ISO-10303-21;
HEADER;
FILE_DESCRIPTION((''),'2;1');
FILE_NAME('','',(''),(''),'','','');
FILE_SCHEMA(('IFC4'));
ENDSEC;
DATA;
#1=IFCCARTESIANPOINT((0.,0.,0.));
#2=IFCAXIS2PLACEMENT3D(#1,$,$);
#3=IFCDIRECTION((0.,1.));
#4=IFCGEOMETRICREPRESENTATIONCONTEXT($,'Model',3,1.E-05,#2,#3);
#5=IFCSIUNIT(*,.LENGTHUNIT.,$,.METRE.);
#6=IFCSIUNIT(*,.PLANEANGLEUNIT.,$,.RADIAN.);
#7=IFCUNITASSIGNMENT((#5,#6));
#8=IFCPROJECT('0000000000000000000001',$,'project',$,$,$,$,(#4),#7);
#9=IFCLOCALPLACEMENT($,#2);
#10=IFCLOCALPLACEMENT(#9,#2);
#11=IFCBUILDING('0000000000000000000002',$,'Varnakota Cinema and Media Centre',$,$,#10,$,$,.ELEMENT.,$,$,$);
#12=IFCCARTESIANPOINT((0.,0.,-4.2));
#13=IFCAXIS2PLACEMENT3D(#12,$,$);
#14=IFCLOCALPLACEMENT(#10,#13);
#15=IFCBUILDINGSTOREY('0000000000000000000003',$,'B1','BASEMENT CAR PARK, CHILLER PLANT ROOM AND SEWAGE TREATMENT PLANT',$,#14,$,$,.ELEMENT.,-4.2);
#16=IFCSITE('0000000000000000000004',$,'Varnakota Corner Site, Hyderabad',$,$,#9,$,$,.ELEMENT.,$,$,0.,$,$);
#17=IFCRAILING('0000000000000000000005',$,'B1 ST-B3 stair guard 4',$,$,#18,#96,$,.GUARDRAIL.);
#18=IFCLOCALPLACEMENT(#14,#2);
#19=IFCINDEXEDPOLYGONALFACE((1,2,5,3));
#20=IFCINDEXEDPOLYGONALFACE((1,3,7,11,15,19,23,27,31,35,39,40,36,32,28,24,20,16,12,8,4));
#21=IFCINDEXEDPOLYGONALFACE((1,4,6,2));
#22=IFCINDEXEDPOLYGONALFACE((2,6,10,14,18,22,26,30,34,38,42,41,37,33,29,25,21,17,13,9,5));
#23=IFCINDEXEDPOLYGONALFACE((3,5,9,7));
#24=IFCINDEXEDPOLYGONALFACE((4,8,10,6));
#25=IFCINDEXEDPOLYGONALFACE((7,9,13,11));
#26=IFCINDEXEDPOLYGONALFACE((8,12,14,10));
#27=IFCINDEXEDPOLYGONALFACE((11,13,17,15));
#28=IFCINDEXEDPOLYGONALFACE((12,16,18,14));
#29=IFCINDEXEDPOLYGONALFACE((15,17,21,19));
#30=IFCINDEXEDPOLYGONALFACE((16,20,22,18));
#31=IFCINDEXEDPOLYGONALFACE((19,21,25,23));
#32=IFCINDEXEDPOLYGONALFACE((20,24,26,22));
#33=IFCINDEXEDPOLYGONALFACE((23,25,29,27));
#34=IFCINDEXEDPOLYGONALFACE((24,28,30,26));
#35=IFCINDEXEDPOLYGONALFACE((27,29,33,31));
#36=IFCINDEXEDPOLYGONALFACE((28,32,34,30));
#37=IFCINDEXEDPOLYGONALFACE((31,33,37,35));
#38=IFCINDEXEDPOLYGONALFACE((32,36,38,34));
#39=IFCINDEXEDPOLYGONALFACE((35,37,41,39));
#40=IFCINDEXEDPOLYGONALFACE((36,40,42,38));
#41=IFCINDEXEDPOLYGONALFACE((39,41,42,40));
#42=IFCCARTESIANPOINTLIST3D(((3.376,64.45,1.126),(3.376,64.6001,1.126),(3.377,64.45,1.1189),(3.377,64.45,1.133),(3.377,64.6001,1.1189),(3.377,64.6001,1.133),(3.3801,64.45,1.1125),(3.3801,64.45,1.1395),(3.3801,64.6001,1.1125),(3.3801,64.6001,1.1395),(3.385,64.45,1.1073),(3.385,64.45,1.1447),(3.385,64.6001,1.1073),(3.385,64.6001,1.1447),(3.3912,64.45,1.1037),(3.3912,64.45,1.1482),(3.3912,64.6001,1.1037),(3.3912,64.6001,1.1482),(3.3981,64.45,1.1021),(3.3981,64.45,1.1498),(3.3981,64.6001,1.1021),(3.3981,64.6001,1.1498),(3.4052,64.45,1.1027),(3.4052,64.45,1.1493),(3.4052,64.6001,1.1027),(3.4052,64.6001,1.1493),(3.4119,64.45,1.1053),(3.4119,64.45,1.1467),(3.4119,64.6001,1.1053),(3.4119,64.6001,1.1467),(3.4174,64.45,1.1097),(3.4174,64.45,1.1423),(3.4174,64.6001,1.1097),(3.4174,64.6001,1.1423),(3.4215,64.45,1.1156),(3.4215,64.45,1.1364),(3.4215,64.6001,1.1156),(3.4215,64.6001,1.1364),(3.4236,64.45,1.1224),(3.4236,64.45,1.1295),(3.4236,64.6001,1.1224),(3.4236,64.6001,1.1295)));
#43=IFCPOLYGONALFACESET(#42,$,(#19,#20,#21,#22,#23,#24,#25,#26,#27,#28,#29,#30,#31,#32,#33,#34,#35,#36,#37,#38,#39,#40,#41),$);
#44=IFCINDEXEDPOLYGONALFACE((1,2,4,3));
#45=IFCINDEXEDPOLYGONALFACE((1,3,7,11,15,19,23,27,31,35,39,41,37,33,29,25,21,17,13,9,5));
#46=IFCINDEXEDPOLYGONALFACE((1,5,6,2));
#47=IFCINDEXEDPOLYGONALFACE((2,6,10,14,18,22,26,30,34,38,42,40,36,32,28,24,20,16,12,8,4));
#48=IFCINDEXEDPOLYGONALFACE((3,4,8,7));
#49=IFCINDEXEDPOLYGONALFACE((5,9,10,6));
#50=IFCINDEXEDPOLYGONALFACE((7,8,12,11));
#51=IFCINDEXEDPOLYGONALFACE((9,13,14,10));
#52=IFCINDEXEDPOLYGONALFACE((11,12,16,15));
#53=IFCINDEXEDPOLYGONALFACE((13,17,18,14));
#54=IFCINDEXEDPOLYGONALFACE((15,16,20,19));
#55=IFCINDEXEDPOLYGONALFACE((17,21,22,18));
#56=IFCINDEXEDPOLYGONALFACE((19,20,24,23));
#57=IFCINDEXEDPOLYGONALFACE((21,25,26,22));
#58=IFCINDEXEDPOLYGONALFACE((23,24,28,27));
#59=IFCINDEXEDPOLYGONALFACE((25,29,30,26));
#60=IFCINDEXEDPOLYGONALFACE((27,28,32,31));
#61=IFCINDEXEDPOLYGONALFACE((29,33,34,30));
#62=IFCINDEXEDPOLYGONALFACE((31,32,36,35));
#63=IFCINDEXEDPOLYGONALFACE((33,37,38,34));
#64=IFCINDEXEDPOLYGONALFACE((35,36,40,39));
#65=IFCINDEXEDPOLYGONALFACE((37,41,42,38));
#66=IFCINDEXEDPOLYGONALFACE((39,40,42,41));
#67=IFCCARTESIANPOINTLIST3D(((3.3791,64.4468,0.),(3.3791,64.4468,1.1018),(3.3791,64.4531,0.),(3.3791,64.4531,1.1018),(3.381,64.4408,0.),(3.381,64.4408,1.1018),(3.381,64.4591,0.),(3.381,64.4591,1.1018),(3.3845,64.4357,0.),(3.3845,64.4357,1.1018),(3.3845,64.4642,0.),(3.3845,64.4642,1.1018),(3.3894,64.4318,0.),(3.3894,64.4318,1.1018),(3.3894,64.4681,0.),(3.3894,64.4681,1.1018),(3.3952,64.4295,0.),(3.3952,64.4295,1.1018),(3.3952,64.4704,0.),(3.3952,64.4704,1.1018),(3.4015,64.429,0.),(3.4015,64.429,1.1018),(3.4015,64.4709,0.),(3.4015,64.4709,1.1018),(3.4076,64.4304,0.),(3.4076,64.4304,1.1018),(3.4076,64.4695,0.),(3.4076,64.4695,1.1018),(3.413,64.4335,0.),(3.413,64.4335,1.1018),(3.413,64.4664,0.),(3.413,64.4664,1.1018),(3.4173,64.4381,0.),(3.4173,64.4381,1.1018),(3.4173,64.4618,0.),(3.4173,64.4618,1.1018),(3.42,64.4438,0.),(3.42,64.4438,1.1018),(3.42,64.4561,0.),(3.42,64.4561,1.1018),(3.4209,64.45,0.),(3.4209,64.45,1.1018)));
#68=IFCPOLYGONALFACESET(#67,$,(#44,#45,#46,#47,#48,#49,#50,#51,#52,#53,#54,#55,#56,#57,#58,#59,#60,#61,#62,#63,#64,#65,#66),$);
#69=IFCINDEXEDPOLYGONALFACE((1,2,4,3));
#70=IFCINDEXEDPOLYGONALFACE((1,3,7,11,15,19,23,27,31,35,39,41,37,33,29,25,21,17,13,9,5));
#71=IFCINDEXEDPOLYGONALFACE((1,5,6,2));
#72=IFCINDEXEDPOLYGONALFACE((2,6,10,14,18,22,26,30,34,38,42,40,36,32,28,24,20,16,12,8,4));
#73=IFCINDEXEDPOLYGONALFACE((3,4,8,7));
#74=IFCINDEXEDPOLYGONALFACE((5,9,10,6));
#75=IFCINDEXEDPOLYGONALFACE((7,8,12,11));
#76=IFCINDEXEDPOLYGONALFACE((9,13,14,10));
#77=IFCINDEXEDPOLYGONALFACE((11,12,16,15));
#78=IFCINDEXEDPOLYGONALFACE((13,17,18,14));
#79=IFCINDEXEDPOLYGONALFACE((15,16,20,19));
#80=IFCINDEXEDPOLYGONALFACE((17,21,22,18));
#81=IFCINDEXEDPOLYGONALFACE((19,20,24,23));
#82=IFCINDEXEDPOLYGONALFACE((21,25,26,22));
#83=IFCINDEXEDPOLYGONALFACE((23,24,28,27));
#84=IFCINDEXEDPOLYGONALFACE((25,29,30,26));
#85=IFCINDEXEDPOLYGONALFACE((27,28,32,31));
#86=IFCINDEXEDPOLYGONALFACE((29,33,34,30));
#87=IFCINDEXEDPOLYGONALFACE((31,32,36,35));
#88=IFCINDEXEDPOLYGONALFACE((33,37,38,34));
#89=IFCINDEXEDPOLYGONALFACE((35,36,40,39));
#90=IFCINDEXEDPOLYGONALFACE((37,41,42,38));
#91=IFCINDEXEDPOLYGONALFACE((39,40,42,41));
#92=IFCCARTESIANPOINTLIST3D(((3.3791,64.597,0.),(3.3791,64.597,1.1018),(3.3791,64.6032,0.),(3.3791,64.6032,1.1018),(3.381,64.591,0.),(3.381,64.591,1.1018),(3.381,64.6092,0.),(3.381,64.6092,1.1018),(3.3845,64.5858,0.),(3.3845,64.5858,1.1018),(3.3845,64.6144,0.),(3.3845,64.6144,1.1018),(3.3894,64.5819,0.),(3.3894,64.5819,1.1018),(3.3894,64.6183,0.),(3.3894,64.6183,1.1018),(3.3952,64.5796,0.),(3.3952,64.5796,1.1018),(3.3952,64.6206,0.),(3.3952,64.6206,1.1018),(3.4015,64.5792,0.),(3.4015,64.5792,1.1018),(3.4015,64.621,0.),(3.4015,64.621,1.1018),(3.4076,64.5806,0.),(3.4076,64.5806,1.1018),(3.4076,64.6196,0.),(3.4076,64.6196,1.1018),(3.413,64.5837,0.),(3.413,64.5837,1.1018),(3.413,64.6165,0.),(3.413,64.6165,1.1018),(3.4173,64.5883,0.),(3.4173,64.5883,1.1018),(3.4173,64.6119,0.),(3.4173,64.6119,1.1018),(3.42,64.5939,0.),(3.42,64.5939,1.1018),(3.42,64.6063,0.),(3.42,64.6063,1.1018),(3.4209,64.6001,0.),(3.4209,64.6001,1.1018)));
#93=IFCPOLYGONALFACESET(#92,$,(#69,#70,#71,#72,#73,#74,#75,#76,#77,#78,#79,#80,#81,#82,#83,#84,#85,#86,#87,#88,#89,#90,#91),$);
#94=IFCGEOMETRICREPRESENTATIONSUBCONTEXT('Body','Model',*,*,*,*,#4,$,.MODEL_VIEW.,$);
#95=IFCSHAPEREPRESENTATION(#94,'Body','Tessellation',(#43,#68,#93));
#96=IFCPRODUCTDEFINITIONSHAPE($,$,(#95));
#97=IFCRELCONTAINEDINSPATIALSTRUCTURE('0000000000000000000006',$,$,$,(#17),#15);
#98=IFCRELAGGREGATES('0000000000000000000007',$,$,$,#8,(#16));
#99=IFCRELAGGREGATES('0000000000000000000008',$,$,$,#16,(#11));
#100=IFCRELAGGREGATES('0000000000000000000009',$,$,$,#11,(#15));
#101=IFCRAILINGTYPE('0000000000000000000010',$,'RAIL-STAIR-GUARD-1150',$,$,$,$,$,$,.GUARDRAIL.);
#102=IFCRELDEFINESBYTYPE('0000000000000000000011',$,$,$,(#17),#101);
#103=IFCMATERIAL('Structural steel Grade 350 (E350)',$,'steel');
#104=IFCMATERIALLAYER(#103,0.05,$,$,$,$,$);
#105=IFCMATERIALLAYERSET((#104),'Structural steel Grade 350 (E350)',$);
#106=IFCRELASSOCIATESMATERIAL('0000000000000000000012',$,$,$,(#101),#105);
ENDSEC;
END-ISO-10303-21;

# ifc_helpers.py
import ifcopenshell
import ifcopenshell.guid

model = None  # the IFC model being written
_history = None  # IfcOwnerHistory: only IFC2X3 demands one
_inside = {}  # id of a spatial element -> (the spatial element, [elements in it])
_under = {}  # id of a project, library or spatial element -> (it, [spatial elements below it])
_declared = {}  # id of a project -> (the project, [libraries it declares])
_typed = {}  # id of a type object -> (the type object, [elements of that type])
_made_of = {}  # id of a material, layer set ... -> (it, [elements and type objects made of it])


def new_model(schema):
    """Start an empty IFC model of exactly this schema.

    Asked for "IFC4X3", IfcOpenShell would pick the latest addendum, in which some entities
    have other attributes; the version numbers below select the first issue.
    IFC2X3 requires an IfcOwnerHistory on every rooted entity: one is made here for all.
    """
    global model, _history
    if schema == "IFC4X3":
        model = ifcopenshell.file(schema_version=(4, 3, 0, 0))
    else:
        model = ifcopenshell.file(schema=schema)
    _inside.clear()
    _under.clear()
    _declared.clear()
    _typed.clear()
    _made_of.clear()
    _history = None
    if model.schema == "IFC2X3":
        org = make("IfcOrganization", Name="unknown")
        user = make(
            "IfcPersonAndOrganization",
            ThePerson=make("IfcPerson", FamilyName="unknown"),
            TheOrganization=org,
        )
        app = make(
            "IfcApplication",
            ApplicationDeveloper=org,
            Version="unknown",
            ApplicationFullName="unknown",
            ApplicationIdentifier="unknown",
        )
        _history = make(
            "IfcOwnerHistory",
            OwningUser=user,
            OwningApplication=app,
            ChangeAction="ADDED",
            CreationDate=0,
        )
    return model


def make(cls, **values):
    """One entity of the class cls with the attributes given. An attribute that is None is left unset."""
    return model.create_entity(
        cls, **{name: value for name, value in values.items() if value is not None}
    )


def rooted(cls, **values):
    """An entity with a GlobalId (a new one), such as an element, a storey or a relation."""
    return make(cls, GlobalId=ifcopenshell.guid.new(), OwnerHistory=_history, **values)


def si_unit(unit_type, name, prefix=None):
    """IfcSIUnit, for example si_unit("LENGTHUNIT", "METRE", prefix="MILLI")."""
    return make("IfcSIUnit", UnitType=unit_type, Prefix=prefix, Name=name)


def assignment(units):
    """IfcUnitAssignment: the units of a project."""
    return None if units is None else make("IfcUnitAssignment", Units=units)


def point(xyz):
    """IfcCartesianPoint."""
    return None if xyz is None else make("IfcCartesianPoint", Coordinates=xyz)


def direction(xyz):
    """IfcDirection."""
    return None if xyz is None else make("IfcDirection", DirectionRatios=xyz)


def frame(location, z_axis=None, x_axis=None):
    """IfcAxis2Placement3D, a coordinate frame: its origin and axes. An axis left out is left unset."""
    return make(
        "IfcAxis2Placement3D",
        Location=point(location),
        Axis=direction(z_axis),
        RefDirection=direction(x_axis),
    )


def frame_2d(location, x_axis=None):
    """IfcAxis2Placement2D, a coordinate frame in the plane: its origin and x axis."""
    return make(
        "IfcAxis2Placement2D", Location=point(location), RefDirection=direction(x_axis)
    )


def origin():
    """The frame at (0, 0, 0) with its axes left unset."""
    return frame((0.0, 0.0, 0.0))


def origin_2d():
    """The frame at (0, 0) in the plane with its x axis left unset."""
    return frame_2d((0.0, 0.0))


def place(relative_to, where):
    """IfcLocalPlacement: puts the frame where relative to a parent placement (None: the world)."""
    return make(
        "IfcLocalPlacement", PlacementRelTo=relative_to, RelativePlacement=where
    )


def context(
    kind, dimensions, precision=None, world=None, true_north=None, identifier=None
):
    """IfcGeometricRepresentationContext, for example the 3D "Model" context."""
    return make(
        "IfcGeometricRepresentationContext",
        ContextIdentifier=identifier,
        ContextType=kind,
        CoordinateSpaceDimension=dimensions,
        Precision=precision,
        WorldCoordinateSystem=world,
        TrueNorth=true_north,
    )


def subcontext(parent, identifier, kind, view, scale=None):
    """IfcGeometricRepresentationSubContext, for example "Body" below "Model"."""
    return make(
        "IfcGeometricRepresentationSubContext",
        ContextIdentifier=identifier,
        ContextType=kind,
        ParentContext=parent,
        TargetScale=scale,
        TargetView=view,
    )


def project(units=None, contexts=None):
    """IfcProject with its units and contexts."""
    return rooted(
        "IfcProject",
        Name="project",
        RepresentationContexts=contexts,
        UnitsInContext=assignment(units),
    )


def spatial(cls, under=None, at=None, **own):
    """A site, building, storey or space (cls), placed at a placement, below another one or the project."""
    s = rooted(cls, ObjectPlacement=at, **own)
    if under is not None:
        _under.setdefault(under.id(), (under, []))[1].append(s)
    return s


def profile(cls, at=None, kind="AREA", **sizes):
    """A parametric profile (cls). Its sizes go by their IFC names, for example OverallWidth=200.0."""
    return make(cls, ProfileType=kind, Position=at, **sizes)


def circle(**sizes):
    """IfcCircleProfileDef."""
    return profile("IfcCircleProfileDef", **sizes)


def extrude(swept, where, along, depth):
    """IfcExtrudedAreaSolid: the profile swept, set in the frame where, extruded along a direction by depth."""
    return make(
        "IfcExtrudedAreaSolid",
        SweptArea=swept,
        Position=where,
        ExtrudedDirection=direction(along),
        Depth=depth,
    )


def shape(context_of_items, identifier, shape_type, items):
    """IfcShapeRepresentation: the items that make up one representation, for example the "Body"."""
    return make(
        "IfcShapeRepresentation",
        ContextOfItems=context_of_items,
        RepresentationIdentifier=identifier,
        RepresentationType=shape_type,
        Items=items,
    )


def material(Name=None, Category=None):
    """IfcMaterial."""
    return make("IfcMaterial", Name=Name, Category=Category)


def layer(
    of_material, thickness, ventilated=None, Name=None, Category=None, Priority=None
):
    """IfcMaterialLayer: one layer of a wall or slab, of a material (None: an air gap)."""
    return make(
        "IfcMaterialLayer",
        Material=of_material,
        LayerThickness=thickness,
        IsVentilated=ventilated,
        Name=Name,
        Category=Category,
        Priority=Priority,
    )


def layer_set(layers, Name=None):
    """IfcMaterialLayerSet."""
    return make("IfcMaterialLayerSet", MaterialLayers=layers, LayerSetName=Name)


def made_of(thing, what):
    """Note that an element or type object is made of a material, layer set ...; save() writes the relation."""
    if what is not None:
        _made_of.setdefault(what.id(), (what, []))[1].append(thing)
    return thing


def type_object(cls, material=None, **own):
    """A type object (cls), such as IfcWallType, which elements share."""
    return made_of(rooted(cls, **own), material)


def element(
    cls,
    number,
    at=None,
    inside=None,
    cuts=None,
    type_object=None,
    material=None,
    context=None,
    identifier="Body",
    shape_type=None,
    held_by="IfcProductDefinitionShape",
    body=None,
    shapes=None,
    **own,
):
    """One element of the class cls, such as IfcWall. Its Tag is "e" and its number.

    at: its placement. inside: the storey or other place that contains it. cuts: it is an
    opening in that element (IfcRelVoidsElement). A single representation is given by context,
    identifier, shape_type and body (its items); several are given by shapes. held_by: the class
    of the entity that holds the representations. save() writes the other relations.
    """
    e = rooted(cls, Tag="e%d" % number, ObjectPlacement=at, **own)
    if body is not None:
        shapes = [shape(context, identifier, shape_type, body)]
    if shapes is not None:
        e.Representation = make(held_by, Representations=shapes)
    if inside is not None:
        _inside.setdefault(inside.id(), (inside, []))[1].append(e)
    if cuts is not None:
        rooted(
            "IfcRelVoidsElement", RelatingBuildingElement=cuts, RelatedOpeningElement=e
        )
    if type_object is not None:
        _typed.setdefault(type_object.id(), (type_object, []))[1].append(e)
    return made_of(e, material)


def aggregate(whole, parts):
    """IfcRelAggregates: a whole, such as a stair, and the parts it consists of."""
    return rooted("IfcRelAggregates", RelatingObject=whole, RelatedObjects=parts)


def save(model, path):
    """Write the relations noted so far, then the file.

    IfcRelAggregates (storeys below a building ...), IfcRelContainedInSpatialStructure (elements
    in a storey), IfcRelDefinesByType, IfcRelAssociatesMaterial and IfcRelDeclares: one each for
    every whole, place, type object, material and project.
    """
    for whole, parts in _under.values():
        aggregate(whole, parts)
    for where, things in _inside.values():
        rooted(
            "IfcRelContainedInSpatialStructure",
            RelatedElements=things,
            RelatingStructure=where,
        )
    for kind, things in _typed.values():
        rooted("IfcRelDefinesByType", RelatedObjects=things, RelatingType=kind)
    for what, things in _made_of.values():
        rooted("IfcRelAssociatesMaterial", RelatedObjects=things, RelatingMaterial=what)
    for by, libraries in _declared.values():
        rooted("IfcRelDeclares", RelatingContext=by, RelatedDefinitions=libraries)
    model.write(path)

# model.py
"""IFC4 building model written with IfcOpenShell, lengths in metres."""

from ifc_helpers import new_model, si_unit, direction, frame, origin, origin_2d, place, context, subcontext, project, spatial, circle, extrude, material, layer, layer_set, type_object, element, save


model = new_model("IFC4")

# Units and contexts
model_context = context("Model", 3, precision=1e-05, world=origin(), true_north=direction((0.0, 1.0)))
body_context = subcontext(model_context, "Body", "Model", "MODEL_VIEW")
ifc_project = project(units=[si_unit("LENGTHUNIT", "METRE"), si_unit("PLANEANGLEUNIT", "RADIAN")], contexts=[model_context])

# Site, building, storey
site_placement = place(None, origin())
site = spatial("IfcSite", under=ifc_project, at=site_placement, Name="Varnakota Corner Site, Hyderabad", CompositionType="ELEMENT", RefElevation=0.0)
building_placement = place(site_placement, origin())
building = spatial("IfcBuilding", under=site, at=building_placement, Name="Varnakota Cinema and Media Centre", CompositionType="ELEMENT")
storey_placement = place(building_placement, frame((0.0, 0.0, -4.2)))
storey = spatial("IfcBuildingStorey", under=building, at=storey_placement, Name="B1", Description="BASEMENT CAR PARK, CHILLER PLANT ROOM AND SEWAGE TREATMENT PLANT", CompositionType="ELEMENT", Elevation=-4.2)

# Railing
ifc_material_1 = material(Name="Structural steel Grade 350 (E350)", Category="steel")
ifc_layer_1 = layer(ifc_material_1, 0.05)
ifc_layer_set_1 = layer_set([ifc_layer_1], Name="Structural steel Grade 350 (E350)")
railing_type_1 = type_object("IfcRailingType", Name="RAIL-STAIR-GUARD-1150", PredefinedType="GUARDRAIL", material=ifc_layer_set_1)
railing_1_placement = place(storey_placement, frame((3.3999, 64.45, 0.0)))
element("IfcRailing", 1, at=railing_1_placement, inside=storey, type_object=railing_type_1, Name="B1 ST-B3 stair guard 4", PredefinedType="GUARDRAIL", context=body_context, shape_type="SweptSolid", body=[
    extrude(circle(Radius=0.0239, at=origin_2d()), frame((0.0, 0.0, 1.126), z_axis=(0.0, 1.0, 0.0), x_axis=(-1.0, 0.0, 0.0)), (0.0, 0.0, 1.0), 0.1501),
    extrude(circle(Radius=0.021, at=origin_2d()), origin(), (0.0, 0.0, 1.0), 1.1018),
    extrude(circle(Radius=0.021, at=origin_2d()), frame((0.0, 0.1501, 0.0)), (0.0, 0.0, 1.0), 1.1018),
])

save(model, "model.ifc")
